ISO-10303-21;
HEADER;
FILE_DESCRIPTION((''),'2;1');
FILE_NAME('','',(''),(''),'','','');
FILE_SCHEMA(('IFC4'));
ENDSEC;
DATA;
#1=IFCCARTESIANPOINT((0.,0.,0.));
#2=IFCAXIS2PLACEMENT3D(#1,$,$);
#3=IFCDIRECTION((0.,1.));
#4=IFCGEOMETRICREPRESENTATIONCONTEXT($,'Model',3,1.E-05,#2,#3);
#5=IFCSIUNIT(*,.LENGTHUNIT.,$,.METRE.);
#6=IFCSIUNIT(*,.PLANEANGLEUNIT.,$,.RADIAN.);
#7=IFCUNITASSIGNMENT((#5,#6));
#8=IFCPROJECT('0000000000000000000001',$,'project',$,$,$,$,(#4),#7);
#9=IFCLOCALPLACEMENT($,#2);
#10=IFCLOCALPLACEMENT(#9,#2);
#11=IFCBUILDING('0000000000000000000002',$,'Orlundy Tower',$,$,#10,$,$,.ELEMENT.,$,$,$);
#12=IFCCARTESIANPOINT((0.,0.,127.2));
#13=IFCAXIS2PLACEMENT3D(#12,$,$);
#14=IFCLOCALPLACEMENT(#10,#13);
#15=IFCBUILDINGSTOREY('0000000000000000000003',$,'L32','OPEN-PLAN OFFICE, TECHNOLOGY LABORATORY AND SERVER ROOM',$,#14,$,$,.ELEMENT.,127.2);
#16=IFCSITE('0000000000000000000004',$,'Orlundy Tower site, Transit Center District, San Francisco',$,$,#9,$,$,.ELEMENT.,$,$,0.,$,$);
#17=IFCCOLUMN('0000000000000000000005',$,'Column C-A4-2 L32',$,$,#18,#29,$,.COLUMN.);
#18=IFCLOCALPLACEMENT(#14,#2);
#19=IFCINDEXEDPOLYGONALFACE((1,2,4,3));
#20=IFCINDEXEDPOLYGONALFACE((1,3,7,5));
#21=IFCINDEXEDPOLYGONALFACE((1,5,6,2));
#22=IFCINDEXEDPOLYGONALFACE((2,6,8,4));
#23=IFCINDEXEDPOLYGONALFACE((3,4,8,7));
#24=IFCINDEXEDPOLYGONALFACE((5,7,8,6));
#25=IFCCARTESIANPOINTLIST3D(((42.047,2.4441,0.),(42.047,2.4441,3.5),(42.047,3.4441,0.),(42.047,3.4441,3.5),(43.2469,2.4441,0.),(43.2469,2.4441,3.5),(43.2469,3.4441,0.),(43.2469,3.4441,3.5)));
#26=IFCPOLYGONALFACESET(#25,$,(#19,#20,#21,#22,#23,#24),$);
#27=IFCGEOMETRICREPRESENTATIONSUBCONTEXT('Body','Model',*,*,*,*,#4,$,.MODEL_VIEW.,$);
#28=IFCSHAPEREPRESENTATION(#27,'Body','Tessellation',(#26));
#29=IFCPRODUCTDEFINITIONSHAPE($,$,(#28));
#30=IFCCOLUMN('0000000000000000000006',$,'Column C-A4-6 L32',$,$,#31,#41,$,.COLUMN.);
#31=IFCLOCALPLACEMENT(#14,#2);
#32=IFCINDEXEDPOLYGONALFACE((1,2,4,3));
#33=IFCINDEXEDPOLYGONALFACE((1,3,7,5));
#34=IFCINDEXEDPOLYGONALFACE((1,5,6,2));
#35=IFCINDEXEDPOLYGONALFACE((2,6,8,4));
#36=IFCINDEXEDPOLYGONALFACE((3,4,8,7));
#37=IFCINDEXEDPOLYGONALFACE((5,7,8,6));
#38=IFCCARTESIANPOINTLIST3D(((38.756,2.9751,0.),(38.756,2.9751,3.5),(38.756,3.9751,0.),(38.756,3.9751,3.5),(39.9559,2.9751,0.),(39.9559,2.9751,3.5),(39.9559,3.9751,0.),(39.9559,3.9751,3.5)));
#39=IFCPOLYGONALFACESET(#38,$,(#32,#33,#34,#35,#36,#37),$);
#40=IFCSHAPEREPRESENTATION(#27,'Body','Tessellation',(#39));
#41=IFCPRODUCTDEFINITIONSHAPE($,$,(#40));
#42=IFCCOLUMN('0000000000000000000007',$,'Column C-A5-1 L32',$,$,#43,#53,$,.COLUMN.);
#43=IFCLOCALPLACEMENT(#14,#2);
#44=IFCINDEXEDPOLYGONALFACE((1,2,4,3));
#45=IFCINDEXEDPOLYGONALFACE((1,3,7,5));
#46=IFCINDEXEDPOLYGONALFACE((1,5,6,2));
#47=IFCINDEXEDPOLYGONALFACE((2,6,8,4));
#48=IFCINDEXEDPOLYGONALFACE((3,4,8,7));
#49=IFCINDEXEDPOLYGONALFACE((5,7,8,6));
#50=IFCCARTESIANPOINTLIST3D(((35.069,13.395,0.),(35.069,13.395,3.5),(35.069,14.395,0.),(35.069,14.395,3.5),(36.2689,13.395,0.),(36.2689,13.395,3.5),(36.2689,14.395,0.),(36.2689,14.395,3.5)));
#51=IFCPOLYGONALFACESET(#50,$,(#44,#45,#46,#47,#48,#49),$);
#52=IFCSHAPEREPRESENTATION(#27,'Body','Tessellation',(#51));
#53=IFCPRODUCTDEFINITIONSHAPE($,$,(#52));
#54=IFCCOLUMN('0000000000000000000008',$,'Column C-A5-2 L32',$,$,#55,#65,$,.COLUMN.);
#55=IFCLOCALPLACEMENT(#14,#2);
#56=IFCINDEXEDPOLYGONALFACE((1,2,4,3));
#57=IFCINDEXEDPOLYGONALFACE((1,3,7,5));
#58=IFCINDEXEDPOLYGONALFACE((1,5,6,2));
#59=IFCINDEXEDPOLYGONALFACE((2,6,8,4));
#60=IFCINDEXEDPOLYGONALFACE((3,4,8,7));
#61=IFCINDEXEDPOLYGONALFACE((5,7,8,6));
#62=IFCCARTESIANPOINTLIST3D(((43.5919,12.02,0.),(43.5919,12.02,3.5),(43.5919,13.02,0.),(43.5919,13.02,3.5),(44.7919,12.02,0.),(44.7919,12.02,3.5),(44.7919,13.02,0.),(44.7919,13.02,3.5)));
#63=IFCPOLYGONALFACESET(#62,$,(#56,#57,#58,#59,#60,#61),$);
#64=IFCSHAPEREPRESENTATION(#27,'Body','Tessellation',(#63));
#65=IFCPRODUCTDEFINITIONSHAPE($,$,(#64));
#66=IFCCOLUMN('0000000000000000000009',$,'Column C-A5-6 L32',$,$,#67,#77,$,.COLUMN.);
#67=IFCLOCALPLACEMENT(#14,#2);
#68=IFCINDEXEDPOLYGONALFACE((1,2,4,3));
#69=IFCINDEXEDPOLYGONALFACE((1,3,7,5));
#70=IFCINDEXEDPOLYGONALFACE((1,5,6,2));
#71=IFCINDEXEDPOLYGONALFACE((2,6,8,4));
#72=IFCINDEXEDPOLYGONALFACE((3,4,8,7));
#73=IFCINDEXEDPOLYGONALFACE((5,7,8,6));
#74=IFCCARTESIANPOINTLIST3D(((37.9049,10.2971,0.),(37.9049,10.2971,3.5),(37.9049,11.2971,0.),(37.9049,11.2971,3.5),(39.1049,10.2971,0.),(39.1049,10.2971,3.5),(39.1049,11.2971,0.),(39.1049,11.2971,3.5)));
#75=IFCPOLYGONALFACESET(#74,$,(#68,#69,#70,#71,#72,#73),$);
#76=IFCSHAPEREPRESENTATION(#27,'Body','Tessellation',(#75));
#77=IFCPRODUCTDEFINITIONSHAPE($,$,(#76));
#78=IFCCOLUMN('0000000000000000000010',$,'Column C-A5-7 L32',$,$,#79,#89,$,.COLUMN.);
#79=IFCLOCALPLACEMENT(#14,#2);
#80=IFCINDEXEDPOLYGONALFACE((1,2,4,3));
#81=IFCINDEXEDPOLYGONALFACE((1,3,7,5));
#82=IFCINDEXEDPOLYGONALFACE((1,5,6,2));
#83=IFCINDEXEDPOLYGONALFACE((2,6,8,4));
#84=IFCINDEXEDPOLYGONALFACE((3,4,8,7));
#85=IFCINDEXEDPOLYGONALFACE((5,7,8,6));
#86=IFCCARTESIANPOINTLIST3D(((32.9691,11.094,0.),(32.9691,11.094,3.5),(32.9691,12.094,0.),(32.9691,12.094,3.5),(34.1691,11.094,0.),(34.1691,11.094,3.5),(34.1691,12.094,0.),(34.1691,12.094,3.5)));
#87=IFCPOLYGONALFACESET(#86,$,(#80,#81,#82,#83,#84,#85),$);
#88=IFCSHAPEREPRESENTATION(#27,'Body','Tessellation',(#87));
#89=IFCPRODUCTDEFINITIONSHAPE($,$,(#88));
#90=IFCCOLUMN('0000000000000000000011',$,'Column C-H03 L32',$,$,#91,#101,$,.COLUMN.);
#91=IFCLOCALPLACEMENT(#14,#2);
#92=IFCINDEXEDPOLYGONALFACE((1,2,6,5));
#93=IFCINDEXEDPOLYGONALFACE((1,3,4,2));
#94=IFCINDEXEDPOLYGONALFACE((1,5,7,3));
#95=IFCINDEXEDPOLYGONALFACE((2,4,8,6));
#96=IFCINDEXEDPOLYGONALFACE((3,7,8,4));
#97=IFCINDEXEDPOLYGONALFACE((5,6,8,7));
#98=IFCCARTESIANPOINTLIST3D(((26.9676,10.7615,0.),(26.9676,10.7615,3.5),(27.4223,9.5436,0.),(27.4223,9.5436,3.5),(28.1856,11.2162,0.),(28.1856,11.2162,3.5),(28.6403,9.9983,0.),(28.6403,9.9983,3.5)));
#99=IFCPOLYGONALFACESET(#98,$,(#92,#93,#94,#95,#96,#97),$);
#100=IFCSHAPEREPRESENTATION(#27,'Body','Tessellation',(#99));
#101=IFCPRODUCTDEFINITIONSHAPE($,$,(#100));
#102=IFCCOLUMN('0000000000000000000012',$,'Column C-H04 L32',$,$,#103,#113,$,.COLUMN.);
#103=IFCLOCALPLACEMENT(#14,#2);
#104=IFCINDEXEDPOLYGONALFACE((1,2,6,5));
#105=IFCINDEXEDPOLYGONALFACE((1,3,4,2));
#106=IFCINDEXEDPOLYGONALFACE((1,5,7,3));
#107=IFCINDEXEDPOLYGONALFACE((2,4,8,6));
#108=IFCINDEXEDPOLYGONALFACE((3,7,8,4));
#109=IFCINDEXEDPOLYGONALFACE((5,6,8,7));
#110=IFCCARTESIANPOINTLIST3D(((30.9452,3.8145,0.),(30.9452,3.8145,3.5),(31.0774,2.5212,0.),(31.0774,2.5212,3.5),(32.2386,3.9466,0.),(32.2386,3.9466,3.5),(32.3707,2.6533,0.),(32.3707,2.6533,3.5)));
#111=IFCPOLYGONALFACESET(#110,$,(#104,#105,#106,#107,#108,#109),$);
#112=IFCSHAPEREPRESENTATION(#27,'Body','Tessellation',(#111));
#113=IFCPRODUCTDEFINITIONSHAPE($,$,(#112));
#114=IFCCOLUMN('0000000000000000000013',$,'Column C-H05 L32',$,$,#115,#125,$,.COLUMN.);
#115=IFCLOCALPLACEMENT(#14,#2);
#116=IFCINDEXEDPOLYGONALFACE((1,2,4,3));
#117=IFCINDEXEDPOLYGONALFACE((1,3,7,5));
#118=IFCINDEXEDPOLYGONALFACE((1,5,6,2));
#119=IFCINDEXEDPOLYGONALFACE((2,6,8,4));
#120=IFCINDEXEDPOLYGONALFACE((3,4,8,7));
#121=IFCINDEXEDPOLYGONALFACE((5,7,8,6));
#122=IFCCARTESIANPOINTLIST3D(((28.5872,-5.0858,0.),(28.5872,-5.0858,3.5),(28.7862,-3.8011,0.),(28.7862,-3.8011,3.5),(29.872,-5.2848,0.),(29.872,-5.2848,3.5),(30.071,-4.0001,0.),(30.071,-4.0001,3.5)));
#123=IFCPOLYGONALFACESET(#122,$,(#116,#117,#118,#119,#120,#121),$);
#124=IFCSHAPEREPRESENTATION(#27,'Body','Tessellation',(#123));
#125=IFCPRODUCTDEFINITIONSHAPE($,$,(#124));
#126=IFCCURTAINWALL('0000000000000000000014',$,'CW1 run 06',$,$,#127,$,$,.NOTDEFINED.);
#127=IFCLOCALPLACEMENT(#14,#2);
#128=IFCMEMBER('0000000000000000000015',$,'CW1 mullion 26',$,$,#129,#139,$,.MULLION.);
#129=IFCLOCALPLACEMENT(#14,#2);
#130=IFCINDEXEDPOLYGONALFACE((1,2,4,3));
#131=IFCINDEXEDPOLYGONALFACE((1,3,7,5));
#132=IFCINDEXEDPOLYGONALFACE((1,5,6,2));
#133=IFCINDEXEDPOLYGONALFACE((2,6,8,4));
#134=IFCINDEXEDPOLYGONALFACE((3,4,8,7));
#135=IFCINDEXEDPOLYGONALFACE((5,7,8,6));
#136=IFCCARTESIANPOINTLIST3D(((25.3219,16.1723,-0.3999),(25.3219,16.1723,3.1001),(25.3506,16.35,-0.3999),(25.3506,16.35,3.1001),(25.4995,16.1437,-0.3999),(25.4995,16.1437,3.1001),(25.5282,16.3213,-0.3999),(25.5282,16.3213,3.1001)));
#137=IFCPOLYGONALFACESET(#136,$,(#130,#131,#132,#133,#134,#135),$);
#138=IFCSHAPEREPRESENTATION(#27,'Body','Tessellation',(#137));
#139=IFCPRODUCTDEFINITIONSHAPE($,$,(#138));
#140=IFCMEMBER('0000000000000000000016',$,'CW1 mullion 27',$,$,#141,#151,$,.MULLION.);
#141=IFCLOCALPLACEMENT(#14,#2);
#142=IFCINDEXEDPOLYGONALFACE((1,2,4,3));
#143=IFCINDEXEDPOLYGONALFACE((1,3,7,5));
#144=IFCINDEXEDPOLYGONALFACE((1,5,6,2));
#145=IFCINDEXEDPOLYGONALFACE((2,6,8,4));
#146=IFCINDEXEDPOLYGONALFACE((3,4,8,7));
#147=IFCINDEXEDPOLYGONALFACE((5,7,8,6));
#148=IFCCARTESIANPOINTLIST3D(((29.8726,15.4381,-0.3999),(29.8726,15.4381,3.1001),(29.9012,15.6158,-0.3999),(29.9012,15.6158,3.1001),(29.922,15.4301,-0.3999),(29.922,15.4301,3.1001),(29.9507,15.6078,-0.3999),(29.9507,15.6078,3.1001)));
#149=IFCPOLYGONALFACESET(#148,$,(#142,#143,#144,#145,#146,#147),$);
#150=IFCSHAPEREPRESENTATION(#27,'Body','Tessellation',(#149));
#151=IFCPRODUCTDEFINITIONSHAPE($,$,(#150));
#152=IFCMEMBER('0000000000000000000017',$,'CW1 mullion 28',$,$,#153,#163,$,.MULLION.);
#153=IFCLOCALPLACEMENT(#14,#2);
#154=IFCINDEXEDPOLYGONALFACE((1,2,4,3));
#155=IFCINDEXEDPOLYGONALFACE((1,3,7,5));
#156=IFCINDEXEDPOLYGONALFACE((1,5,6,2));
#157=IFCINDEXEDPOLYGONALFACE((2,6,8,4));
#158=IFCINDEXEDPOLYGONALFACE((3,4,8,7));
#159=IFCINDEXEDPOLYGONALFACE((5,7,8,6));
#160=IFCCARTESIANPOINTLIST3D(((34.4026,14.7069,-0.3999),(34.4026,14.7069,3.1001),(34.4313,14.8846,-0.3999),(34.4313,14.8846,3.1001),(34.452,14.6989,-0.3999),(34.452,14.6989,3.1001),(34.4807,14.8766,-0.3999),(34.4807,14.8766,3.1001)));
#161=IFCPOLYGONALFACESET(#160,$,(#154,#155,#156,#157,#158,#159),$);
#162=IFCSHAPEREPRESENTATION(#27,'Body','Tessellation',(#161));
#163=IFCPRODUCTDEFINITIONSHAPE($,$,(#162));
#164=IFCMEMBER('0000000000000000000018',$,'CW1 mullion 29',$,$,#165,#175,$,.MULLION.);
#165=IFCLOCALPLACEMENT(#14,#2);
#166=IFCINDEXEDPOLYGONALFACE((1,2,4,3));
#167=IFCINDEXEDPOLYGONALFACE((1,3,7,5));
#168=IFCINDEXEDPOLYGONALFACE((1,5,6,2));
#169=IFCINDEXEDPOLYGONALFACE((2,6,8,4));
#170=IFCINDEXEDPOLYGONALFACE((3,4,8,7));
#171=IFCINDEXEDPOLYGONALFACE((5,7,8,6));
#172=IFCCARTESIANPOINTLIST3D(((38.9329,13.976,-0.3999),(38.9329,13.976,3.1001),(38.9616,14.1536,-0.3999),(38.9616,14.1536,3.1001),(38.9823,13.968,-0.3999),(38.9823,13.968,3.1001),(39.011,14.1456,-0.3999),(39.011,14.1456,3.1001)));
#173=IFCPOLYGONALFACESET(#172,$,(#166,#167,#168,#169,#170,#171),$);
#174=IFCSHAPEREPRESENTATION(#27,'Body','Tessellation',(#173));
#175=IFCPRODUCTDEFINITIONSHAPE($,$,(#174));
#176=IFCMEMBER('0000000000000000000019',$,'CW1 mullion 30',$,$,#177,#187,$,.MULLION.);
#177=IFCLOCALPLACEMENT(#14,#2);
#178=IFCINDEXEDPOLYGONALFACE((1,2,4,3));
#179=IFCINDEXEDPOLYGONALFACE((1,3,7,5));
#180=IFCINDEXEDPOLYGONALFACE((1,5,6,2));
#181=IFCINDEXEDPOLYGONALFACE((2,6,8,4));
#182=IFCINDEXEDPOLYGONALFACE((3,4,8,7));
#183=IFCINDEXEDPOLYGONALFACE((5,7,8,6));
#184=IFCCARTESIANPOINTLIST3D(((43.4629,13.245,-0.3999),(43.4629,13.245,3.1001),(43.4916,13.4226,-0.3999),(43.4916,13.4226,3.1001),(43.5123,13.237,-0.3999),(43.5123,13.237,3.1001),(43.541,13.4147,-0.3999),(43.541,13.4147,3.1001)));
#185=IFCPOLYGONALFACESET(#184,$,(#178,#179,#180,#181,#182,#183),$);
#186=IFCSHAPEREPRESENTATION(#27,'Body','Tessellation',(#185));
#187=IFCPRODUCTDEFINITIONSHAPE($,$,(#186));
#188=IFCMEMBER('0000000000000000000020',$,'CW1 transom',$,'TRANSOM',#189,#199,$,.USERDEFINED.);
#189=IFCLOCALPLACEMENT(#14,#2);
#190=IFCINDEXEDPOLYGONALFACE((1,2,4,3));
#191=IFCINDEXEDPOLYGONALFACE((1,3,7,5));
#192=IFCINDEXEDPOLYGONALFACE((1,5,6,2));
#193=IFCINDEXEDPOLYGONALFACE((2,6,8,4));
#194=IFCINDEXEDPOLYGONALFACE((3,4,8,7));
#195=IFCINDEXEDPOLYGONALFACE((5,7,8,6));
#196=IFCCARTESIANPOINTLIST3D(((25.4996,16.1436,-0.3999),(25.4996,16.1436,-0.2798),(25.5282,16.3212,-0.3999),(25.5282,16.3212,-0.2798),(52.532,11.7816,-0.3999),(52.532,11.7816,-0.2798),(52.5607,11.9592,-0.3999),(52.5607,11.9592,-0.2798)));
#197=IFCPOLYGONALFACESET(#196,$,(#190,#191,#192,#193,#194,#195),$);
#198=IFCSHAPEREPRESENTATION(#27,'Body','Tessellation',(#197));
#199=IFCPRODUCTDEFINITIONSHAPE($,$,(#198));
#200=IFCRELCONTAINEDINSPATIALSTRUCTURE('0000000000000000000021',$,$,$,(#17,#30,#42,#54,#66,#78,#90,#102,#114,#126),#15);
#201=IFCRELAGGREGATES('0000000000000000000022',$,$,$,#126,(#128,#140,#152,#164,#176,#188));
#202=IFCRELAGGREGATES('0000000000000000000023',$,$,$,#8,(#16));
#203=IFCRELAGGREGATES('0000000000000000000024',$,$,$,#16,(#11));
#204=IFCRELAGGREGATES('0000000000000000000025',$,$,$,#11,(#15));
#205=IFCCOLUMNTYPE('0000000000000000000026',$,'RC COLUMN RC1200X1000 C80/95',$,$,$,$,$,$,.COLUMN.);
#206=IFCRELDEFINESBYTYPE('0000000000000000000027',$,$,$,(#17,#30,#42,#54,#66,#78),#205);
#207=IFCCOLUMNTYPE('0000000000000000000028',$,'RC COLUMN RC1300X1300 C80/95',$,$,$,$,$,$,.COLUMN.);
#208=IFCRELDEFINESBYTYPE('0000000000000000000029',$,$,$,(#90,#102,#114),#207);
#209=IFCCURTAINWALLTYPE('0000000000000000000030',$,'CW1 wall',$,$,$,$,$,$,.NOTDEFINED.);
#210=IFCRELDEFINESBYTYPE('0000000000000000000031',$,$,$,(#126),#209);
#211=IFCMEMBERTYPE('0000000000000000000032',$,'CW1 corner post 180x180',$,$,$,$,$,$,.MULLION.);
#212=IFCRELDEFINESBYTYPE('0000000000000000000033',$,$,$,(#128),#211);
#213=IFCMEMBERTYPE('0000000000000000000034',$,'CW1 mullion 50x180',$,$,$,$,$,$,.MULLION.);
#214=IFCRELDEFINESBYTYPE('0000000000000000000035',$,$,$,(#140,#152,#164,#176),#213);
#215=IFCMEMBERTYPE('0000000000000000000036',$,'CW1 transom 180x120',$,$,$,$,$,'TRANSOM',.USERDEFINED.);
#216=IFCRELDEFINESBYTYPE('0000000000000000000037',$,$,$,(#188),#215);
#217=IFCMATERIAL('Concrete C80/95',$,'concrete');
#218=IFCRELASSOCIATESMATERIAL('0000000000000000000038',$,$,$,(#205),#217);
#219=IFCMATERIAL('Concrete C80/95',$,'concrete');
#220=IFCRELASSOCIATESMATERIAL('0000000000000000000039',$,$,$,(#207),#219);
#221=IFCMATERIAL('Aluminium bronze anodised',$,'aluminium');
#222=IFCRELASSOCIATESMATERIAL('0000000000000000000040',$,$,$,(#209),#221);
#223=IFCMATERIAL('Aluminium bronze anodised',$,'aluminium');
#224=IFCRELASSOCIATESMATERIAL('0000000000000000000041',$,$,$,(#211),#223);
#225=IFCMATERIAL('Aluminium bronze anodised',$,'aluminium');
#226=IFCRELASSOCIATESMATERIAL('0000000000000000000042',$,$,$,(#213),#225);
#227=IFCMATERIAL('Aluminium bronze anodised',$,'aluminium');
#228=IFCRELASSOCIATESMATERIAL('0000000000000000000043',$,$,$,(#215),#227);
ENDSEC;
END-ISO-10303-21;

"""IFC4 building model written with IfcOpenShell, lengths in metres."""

from ifc_helpers import new_model, si_unit, direction, frame, origin, origin_2d, place, context, subcontext, project, spatial, rectangle, extrude, material, material_profile, profile_set, type_object, element, aggregate, save


model = new_model("IFC4")

# Units and contexts
model_context = context("Model", 3, precision=1e-05, world=origin(), true_north=direction((0.0, 1.0)))
body_context = subcontext(model_context, "Body", "Model", "MODEL_VIEW")
ifc_project = project(units=[si_unit("LENGTHUNIT", "METRE"), si_unit("PLANEANGLEUNIT", "RADIAN")], contexts=[model_context])

# Site, building, storey
site_placement = place(None, origin())
site = spatial("IfcSite", under=ifc_project, at=site_placement, Name="Orlundy Tower site, Transit Center District, San Francisco", CompositionType="ELEMENT", RefElevation=0.0)
building_placement = place(site_placement, origin())
building = spatial("IfcBuilding", under=site, at=building_placement, Name="Orlundy Tower", CompositionType="ELEMENT")
storey_placement = place(building_placement, frame((0.0, 0.0, 127.2)))
storey = spatial("IfcBuildingStorey", under=building, at=storey_placement, Name="L32", Description="OPEN-PLAN OFFICE, TECHNOLOGY LABORATORY AND SERVER ROOM", CompositionType="ELEMENT", Elevation=127.2)

# Columns
ifc_material_1 = material(Name="Concrete C80/95", Category="concrete")
ifc_material_profile_1 = material_profile(ifc_material_1, rectangle(XDim=1.2, YDim=1.0, at=origin_2d()), Name="RC1200X1000")
ifc_profile_set_1 = profile_set([ifc_material_profile_1], Name="Concrete C80/95")
column_type_1 = type_object("IfcColumnType", Name="RC COLUMN RC1200X1000 C80/95", PredefinedType="COLUMN", material=ifc_profile_set_1)
for number, where, z_axis, x_axis, name in (
    (1, (42.647, 2.9441, 0.0), (0.0, 0.0, 1.0), (1.0, 0.0, 0.0), "Column C-A4-2 L32"),
    (2, (39.356, 3.4751, 0.0), (0.0, 0.0, 1.0), (1.0, 0.0, 0.0), "Column C-A4-6 L32"),
    (3, (35.6689, 13.895, 0.0), (0.0, 0.0, 1.0), (1.0, 0.0, 0.0), "Column C-A5-1 L32"),
    (4, (44.1919, 12.52, 0.0), (0.0, 0.0, 1.0), (1.0, 0.0, 0.0), "Column C-A5-2 L32"),
    (5, (38.5049, 10.7971, 0.0), (0.0, 0.0, 1.0), (1.0, 0.0, 0.0), "Column C-A5-6 L32"),
    (6, (33.5691, 11.594, 0.0), (0.0, 0.0, 1.0), (1.0, 0.0, 0.0), "Column C-A5-7 L32"),
):
    element("IfcColumn", number, at=place(storey_placement, frame(where, z_axis=z_axis, x_axis=x_axis)), inside=storey, type_object=column_type_1, Name=name, PredefinedType="COLUMN", context=body_context, shape_type="SweptSolid", body=[
        extrude(rectangle(XDim=1.2, YDim=1.0, at=origin_2d()), origin(), (0.0, 0.0, 1.0), 3.5),
    ])
ifc_material_2 = material(Name="Concrete C80/95", Category="concrete")
ifc_material_profile_2 = material_profile(ifc_material_2, rectangle(XDim=1.3, YDim=1.3, at=origin_2d()), Name="RC1300X1300")
ifc_profile_set_2 = profile_set([ifc_material_profile_2], Name="Concrete C80/95")
column_type_2 = type_object("IfcColumnType", Name="RC COLUMN RC1300X1300 C80/95", PredefinedType="COLUMN", material=ifc_profile_set_2)
for number, where, z_axis, x_axis, name in (
    (7, (27.804, 10.3799, 0.0), (0.0, 0.0, 1.0), (0.936843, 0.34975, 0.0), "Column C-H03 L32"),
    (8, (31.658, 3.2339, 0.0), (0.0, 0.0, 1.0), (0.994822, 0.101629, 0.0), "Column C-H04 L32"),
    (9, (29.3291, -4.543, 0.0), (0.0, 0.0, 1.0), (0.988215, -0.153072, 0.0), "Column C-H05 L32"),
):
    element("IfcColumn", number, at=place(storey_placement, frame(where, z_axis=z_axis, x_axis=x_axis)), inside=storey, type_object=column_type_2, Name=name, PredefinedType="COLUMN", context=body_context, shape_type="SweptSolid", body=[
        extrude(rectangle(XDim=1.3, YDim=1.3, at=origin_2d()), origin(), (0.0, 0.0, 1.0), 3.5),
    ])

# Curtain wall, members
ifc_material_3 = material(Name="Aluminium bronze anodised", Category="aluminium")
curtain_wall_type = type_object("IfcCurtainWallType", Name="CW1 wall", PredefinedType="NOTDEFINED", material=ifc_material_3)
curtain_wall_placement = place(storey_placement, origin())
curtain_wall = element("IfcCurtainWall", 10, at=curtain_wall_placement, inside=storey, type_object=curtain_wall_type, Name="CW1 run 06", PredefinedType="NOTDEFINED")
ifc_material_4 = material(Name="Aluminium bronze anodised", Category="aluminium")
ifc_material_profile_3 = material_profile(ifc_material_4, rectangle(XDim=0.1799, YDim=0.1799, at=origin_2d()), Name="CW1 corner post 180x180")
ifc_profile_set_3 = profile_set([ifc_material_profile_3], Name="Aluminium bronze anodised")
member_type_1 = type_object("IfcMemberType", Name="CW1 corner post 180x180", PredefinedType="MULLION", material=ifc_profile_set_3)
member_1_placement = place(storey_placement, frame((25.425, 16.2468, -0.3999), z_axis=(0.0, 0.0, 1.0), x_axis=(0.159302, 0.98723, 0.0)))
member_1 = element("IfcMember", 11, at=member_1_placement, type_object=member_type_1, Name="CW1 mullion 26", PredefinedType="MULLION", context=body_context, shape_type="SweptSolid", body=[
    extrude(rectangle(XDim=0.1799, YDim=0.1799, at=origin_2d()), origin(), (0.0, 0.0, 1.0), 3.5),
])
ifc_material_5 = material(Name="Aluminium bronze anodised", Category="aluminium")
ifc_material_profile_4 = material_profile(ifc_material_5, rectangle(XDim=0.1799, YDim=0.05, at=origin_2d()), Name="CW1 mullion 50x180")
ifc_profile_set_4 = profile_set([ifc_material_profile_4], Name="Aluminium bronze anodised")
member_type_2 = type_object("IfcMemberType", Name="CW1 mullion 50x180", PredefinedType="MULLION", material=ifc_profile_set_4)
member_2_placement = place(storey_placement, frame((29.9116, 15.5229, -0.3999), z_axis=(0.0, 0.0, 1.0), x_axis=(0.159302, 0.98723, 0.0)))
member_2 = element("IfcMember", 12, at=member_2_placement, type_object=member_type_2, Name="CW1 mullion 27", PredefinedType="MULLION", context=body_context, shape_type="SweptSolid", body=[
    extrude(rectangle(XDim=0.1799, YDim=0.05, at=origin_2d()), origin(), (0.0, 0.0, 1.0), 3.5),
])
member_3_placement = place(storey_placement, frame((34.4417, 14.7917, -0.3999), z_axis=(0.0, 0.0, 1.0), x_axis=(0.159302, 0.98723, 0.0)))
member_3 = element("IfcMember", 13, at=member_3_placement, type_object=member_type_2, Name="CW1 mullion 28", PredefinedType="MULLION", context=body_context, shape_type="SweptSolid", body=[
    extrude(rectangle(XDim=0.1799, YDim=0.05, at=origin_2d()), origin(), (0.0, 0.0, 1.0), 3.5),
])
member_4_placement = place(storey_placement, frame((38.9719, 14.0608, -0.3999), z_axis=(0.0, 0.0, 1.0), x_axis=(0.159302, 0.98723, 0.0)))
member_4 = element("IfcMember", 14, at=member_4_placement, type_object=member_type_2, Name="CW1 mullion 29", PredefinedType="MULLION", context=body_context, shape_type="SweptSolid", body=[
    extrude(rectangle(XDim=0.1799, YDim=0.05, at=origin_2d()), origin(), (0.0, 0.0, 1.0), 3.5),
])
member_5_placement = place(storey_placement, frame((43.502, 13.3298, -0.3999), z_axis=(0.0, 0.0, 1.0), x_axis=(0.159302, 0.98723, 0.0)))
member_5 = element("IfcMember", 15, at=member_5_placement, type_object=member_type_2, Name="CW1 mullion 30", PredefinedType="MULLION", context=body_context, shape_type="SweptSolid", body=[
    extrude(rectangle(XDim=0.1799, YDim=0.05, at=origin_2d()), origin(), (0.0, 0.0, 1.0), 3.5),
])
ifc_material_6 = material(Name="Aluminium bronze anodised", Category="aluminium")
ifc_material_profile_5 = material_profile(ifc_material_6, rectangle(XDim=0.1799, YDim=0.1201, at=origin_2d()), Name="CW1 transom 180x120")
ifc_profile_set_5 = profile_set([ifc_material_profile_5], Name="Aluminium bronze anodised")
member_type_3 = type_object("IfcMemberType", Name="CW1 transom 180x120", ElementType="TRANSOM", PredefinedType="USERDEFINED", material=ifc_profile_set_5)
member_6_placement = place(storey_placement, frame((25.5139, 16.2324, -0.3398), z_axis=(0.98723, -0.159303, 0.0), x_axis=(0.159303, 0.98723, 0.0)))
member_6 = element("IfcMember", 16, at=member_6_placement, type_object=member_type_3, Name="CW1 transom", ObjectType="TRANSOM", PredefinedType="USERDEFINED", context=body_context, shape_type="SweptSolid", body=[
    extrude(rectangle(XDim=0.1799, YDim=0.1201, at=origin_2d()), origin(), (0.0, 0.0, 1.0), 27.3821),
])
aggregate(curtain_wall, [member_1, member_2, member_3, member_4, member_5, member_6])

save(model, "model.ifc")
